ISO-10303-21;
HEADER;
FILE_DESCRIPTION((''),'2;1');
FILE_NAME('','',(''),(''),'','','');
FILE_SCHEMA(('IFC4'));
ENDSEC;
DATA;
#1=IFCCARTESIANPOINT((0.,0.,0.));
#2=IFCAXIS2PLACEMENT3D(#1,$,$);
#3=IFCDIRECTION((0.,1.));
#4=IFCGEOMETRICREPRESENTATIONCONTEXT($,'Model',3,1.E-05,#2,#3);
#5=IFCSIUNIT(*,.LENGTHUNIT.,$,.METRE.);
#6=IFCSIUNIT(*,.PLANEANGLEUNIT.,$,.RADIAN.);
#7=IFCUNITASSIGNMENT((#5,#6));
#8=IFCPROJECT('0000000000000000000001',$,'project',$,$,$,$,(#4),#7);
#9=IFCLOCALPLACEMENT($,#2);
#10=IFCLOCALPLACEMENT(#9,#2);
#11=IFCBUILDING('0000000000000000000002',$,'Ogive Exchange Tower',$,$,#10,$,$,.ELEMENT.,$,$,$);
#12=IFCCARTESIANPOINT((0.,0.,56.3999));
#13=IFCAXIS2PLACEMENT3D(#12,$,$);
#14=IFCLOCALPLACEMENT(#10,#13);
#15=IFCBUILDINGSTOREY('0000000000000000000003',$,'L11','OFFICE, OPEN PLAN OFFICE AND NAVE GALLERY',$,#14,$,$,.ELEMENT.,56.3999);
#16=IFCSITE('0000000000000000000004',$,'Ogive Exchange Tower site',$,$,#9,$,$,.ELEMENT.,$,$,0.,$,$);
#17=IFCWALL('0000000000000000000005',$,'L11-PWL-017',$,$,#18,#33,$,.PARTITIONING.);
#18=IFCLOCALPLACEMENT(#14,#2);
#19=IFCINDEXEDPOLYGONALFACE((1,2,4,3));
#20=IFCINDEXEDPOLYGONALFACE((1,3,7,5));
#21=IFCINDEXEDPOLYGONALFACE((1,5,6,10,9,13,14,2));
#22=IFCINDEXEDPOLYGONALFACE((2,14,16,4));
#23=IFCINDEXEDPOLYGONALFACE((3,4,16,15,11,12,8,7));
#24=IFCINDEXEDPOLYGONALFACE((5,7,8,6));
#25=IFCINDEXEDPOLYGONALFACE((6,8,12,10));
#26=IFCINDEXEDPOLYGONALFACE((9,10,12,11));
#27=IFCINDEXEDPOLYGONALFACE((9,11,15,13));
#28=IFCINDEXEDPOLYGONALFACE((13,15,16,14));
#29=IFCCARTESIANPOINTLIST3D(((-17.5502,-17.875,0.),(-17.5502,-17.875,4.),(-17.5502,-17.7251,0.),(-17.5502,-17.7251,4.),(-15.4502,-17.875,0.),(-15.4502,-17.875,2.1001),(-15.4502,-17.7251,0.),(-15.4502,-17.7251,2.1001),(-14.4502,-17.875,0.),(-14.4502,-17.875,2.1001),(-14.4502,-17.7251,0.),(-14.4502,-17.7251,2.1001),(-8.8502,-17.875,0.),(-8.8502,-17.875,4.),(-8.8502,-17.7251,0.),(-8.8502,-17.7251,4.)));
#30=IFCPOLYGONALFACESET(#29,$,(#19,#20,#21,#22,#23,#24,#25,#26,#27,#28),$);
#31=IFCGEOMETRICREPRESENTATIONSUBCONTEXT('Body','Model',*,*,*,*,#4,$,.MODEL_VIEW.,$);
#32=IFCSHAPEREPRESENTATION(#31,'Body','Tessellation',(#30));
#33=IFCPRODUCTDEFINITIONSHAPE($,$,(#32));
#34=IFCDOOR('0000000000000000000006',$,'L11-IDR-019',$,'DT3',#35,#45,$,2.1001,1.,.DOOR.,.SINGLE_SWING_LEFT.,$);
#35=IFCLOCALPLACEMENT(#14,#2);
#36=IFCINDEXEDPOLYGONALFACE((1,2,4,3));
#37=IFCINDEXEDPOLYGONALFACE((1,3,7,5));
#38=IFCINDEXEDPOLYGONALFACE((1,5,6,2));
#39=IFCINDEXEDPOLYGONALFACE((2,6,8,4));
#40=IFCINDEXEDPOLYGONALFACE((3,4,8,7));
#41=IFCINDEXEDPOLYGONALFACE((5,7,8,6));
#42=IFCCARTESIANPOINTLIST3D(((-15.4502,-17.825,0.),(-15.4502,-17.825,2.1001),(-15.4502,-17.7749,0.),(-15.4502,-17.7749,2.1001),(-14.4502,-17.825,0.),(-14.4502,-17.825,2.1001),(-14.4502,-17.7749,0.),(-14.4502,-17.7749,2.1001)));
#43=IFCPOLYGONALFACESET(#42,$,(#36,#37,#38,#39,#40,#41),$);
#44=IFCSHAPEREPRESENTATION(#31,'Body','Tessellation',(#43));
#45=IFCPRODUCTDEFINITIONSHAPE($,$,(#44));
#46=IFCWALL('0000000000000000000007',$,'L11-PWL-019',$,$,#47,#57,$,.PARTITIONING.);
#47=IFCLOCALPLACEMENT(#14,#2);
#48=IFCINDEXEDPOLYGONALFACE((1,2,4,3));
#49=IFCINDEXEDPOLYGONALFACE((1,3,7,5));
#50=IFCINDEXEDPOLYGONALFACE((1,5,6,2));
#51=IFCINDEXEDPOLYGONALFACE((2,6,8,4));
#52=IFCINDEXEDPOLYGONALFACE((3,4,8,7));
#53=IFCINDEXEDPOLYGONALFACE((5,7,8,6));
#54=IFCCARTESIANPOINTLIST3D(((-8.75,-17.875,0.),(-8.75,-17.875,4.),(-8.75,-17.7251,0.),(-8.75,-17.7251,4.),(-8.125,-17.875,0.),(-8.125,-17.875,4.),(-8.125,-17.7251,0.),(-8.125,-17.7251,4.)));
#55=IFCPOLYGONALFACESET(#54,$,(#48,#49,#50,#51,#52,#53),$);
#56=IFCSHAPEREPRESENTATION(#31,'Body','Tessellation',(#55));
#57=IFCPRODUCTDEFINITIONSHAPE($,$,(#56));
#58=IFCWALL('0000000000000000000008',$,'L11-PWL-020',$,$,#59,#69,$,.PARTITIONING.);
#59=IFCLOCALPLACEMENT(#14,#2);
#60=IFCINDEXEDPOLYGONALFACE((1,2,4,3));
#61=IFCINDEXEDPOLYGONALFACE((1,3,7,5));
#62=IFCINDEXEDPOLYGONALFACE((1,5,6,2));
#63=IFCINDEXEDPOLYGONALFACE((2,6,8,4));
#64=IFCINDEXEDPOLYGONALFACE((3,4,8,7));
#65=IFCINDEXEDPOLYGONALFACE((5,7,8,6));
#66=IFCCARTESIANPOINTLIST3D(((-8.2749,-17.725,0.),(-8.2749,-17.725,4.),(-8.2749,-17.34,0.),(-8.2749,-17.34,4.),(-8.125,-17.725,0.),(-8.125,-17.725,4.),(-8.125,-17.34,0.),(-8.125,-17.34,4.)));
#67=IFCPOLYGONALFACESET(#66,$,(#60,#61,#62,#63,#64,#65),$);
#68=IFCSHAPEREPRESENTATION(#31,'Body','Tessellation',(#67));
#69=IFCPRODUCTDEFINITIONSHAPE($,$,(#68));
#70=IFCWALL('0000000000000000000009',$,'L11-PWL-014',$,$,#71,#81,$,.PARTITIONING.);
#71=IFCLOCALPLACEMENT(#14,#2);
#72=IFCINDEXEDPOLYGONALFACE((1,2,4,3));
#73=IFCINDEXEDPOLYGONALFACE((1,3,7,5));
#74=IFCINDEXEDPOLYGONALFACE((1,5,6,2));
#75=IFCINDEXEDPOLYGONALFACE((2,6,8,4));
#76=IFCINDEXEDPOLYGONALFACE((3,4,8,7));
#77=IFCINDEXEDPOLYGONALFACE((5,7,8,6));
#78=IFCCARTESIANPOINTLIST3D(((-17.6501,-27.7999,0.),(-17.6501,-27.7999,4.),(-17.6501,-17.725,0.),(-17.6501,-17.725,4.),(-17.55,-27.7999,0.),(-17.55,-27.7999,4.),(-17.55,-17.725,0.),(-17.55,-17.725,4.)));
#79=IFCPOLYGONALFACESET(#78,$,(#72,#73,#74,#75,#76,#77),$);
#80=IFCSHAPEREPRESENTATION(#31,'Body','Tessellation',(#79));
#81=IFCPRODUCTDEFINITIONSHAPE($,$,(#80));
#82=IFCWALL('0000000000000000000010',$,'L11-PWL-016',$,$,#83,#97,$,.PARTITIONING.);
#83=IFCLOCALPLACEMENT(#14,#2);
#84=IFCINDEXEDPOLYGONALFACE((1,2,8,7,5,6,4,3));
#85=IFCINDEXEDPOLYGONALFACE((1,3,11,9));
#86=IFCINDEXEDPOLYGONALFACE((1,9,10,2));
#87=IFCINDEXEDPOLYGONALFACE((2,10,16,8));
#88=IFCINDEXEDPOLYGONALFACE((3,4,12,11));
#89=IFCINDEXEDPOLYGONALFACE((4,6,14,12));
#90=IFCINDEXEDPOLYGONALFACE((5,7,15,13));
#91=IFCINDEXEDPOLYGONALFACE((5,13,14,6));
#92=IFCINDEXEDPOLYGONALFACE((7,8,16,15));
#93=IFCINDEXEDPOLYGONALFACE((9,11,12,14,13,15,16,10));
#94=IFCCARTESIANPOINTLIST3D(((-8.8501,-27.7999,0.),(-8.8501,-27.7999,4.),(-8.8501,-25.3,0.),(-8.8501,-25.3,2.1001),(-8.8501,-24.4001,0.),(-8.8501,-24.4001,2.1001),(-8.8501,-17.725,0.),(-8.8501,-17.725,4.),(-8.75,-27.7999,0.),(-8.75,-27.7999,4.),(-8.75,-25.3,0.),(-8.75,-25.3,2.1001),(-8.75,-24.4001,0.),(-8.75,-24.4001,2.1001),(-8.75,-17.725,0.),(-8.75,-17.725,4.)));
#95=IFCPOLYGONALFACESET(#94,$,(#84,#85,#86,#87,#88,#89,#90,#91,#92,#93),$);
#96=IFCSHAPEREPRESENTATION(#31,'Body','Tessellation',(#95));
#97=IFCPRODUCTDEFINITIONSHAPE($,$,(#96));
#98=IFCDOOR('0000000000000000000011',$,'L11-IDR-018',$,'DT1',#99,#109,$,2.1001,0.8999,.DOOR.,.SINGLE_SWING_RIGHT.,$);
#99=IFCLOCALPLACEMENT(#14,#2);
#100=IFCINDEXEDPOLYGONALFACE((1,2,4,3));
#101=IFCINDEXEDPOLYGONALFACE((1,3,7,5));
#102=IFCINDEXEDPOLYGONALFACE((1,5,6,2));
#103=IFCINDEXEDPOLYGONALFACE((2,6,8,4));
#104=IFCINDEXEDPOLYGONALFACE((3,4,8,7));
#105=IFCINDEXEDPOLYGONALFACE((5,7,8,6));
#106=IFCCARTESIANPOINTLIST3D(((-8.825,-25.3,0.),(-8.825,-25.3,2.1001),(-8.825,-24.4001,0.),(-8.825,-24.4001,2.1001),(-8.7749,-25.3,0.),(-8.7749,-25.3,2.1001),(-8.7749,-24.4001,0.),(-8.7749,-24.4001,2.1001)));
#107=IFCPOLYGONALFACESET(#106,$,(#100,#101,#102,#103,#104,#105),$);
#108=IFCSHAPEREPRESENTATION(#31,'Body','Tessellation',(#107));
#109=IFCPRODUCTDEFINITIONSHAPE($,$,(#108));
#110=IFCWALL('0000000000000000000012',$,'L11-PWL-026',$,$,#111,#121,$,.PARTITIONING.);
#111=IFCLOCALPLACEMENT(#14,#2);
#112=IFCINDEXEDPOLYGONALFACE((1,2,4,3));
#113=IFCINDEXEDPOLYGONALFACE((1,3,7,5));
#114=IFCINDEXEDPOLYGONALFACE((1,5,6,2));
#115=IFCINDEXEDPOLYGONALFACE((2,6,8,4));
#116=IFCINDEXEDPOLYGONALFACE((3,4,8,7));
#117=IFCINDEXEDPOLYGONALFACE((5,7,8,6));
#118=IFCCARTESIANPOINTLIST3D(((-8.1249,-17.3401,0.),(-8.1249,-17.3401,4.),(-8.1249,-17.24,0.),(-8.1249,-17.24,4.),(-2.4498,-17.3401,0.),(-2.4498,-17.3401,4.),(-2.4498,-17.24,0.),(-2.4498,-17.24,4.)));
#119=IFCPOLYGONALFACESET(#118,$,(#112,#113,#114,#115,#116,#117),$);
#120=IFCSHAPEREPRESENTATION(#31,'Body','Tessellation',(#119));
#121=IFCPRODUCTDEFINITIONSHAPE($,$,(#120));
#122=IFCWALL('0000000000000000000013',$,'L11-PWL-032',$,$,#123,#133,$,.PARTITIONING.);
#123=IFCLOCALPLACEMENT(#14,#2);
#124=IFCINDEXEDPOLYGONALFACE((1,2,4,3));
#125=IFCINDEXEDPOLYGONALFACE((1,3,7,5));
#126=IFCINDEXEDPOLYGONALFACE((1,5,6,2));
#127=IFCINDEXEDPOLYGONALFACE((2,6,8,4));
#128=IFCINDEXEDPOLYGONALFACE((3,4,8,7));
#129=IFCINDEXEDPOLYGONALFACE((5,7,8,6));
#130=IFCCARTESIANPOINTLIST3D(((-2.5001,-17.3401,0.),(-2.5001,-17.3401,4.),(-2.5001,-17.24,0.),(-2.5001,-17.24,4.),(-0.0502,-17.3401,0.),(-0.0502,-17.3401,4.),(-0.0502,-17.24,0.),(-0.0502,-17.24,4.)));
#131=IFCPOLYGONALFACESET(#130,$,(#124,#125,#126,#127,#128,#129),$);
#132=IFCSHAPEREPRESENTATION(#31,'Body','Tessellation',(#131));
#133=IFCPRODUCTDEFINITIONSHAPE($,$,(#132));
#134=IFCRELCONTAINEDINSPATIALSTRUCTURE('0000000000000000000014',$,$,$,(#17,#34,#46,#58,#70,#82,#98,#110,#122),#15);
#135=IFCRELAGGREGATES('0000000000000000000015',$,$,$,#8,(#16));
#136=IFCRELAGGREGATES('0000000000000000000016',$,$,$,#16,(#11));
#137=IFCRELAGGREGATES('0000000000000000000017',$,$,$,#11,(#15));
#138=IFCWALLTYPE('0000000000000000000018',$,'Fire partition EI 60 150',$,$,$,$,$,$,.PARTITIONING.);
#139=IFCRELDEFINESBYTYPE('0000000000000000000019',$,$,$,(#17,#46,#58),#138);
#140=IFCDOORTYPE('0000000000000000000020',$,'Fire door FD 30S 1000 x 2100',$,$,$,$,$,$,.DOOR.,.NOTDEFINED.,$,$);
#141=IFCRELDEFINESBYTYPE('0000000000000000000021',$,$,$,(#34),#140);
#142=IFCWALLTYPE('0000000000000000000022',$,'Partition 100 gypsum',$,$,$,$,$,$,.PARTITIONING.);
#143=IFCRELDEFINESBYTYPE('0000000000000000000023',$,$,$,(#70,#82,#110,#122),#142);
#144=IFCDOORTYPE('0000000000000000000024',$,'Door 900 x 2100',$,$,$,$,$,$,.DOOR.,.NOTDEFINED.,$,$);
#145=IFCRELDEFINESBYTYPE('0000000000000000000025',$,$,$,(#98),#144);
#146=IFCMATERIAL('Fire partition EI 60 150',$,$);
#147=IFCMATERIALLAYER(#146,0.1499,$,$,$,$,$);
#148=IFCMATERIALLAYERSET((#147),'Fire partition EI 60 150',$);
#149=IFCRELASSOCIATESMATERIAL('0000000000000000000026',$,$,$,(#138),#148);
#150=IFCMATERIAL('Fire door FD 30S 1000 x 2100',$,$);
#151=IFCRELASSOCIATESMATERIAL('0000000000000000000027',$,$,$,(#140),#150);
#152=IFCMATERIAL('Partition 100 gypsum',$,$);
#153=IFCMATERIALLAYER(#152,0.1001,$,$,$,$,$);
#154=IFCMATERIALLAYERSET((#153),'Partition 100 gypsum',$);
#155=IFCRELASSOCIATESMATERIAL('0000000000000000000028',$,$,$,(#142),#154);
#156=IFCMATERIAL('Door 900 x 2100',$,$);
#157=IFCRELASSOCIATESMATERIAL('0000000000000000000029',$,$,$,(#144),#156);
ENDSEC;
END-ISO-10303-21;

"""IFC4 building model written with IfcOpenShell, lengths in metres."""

from ifc_helpers import new_model, si_unit, direction, frame, frame_2d, origin, place, context, subcontext, project, spatial, rectangle, extrude, material, layer, layer_set, type_object, element, fill, save


model = new_model("IFC4")

# Units and contexts
model_context = context("Model", 3, precision=1e-05, world=origin(), true_north=direction((0.0, 1.0)))
body_context = subcontext(model_context, "Body", "Model", "MODEL_VIEW")
ifc_project = project(units=[si_unit("LENGTHUNIT", "METRE"), si_unit("PLANEANGLEUNIT", "RADIAN")], contexts=[model_context])

# Site, building, storey
site_placement = place(None, origin())
site = spatial("IfcSite", under=ifc_project, at=site_placement, Name="Ogive Exchange Tower site", CompositionType="ELEMENT", RefElevation=0.0)
building_placement = place(site_placement, origin())
building = spatial("IfcBuilding", under=site, at=building_placement, Name="Ogive Exchange Tower", CompositionType="ELEMENT")
storey_placement = place(building_placement, frame((0.0, 0.0, 56.3999)))
storey = spatial("IfcBuildingStorey", under=building, at=storey_placement, Name="L11", Description="OFFICE, OPEN PLAN OFFICE AND NAVE GALLERY", CompositionType="ELEMENT", Elevation=56.3999)

# Wall, opening, door
ifc_material_1 = material(Name="Fire partition EI 60 150")
ifc_layer_1 = layer(ifc_material_1, 0.1499)
ifc_layer_set_1 = layer_set([ifc_layer_1], Name="Fire partition EI 60 150")
wall_type_1 = type_object("IfcWallType", Name="Fire partition EI 60 150", PredefinedType="PARTITIONING", material=ifc_layer_set_1)
ifc_material_2 = material(Name="Fire door FD 30S 1000 x 2100")
door_type_1 = type_object("IfcDoorType", Name="Fire door FD 30S 1000 x 2100", OperationType="NOTDEFINED", PredefinedType="DOOR", material=ifc_material_2)
wall_1_placement = place(storey_placement, frame((-8.8501, -17.8, 0.0), z_axis=(0.0, 0.0, 1.0), x_axis=(-1.0, 0.0, 0.0)))
wall_1 = element("IfcWall", 1, at=wall_1_placement, inside=storey, type_object=wall_type_1, Name="L11-PWL-017", PredefinedType="PARTITIONING", context=body_context, shape_type="SweptSolid", body=[
    extrude(rectangle(XDim=8.7, YDim=0.1499, at=frame_2d((4.3501, 0.0))), origin(), (0.0, 0.0, 1.0), 4.0),
])
opening_1_placement = place(wall_1_placement, frame((5.6001, 0.0, 0.0)))
opening_1 = element("IfcOpeningElement", 2, at=opening_1_placement, cuts=wall_1, PredefinedType="OPENING", context=body_context, shape_type="SweptSolid", body=[
    extrude(rectangle(XDim=1.0, YDim=2.1001, at=frame_2d((0.5, 1.05))), frame((0.0, 0.085, 0.0), z_axis=(0.0, -1.0, 0.0), x_axis=(1.0, 0.0, 0.0)), (0.0, 0.0, 1.0), 0.1699),
])
door_1_placement = place(opening_1_placement, origin())
door_1 = element("IfcDoor", 3, at=door_1_placement, inside=storey, type_object=door_type_1, Name="L11-IDR-019", ObjectType="DT3", OperationType="SINGLE_SWING_LEFT", OverallHeight=2.1001, OverallWidth=1.0, PredefinedType="DOOR", context=body_context, shape_type="SweptSolid", body=[
    extrude(rectangle(XDim=1.0, YDim=2.1001, at=frame_2d((0.5, 1.05))), frame((0.0, 0.0249, 0.0), z_axis=(0.0, -1.0, 0.0), x_axis=(1.0, 0.0, 0.0)), (0.0, 0.0, 1.0), 0.05),
])
fill(opening_1, door_1)

# Walls
wall_2_placement = place(storey_placement, frame((-8.125, -17.8, 0.0), z_axis=(0.0, 0.0, 1.0), x_axis=(-1.0, 0.0, 0.0)))
element("IfcWall", 4, at=wall_2_placement, inside=storey, type_object=wall_type_1, Name="L11-PWL-019", PredefinedType="PARTITIONING", context=body_context, shape_type="SweptSolid", body=[
    extrude(rectangle(XDim=0.625, YDim=0.1499, at=frame_2d((0.3125, 0.0))), origin(), (0.0, 0.0, 1.0), 4.0),
])
wall_3_placement = place(storey_placement, frame((-8.2, -17.3401, 0.0), z_axis=(0.0, 0.0, 1.0), x_axis=(0.0, -1.0, 0.0)))
element("IfcWall", 5, at=wall_3_placement, inside=storey, type_object=wall_type_1, Name="L11-PWL-020", PredefinedType="PARTITIONING", context=body_context, shape_type="SweptSolid", body=[
    extrude(rectangle(XDim=0.385, YDim=0.1499, at=frame_2d((0.1924, 0.0))), origin(), (0.0, 0.0, 1.0), 4.0),
])
ifc_material_3 = material(Name="Partition 100 gypsum")
ifc_layer_2 = layer(ifc_material_3, 0.1001)
ifc_layer_set_2 = layer_set([ifc_layer_2], Name="Partition 100 gypsum")
wall_type_2 = type_object("IfcWallType", Name="Partition 100 gypsum", PredefinedType="PARTITIONING", material=ifc_layer_set_2)
wall_4_placement = place(storey_placement, frame((-17.6001, -27.8, 0.0), z_axis=(0.0, 0.0, 1.0), x_axis=(0.0, 1.0, 0.0)))
element("IfcWall", 6, at=wall_4_placement, inside=storey, type_object=wall_type_2, Name="L11-PWL-014", PredefinedType="PARTITIONING", context=body_context, shape_type="SweptSolid", body=[
    extrude(rectangle(XDim=10.075, YDim=0.1001, at=frame_2d((5.0376, 0.0))), origin(), (0.0, 0.0, 1.0), 4.0),
])

# Wall, opening, door
wall_5_placement = place(storey_placement, frame((-8.8, -27.8, 0.0), z_axis=(0.0, 0.0, 1.0), x_axis=(0.0, 1.0, 0.0)))
wall_5 = element("IfcWall", 7, at=wall_5_placement, inside=storey, type_object=wall_type_2, Name="L11-PWL-016", PredefinedType="PARTITIONING", context=body_context, shape_type="SweptSolid", body=[
    extrude(rectangle(XDim=10.075, YDim=0.1001, at=frame_2d((5.0376, 0.0))), origin(), (0.0, 0.0, 1.0), 4.0),
])
opening_2_placement = place(wall_5_placement, frame((2.5, 0.0, 0.0)))
opening_2 = element("IfcOpeningElement", 8, at=opening_2_placement, cuts=wall_5, PredefinedType="OPENING", context=body_context, shape_type="SweptSolid", body=[
    extrude(rectangle(XDim=0.8999, YDim=2.1001, at=frame_2d((0.45, 1.05))), frame((0.0, 0.0601, 0.0), z_axis=(0.0, -1.0, 0.0), x_axis=(1.0, 0.0, 0.0)), (0.0, 0.0, 1.0), 0.1201),
])
ifc_material_4 = material(Name="Door 900 x 2100")
door_type_2 = type_object("IfcDoorType", Name="Door 900 x 2100", OperationType="NOTDEFINED", PredefinedType="DOOR", material=ifc_material_4)
door_2_placement = place(opening_2_placement, origin())
door_2 = element("IfcDoor", 9, at=door_2_placement, inside=storey, type_object=door_type_2, Name="L11-IDR-018", ObjectType="DT1", OperationType="SINGLE_SWING_RIGHT", OverallHeight=2.1001, OverallWidth=0.8999, PredefinedType="DOOR", context=body_context, shape_type="SweptSolid", body=[
    extrude(rectangle(XDim=0.8999, YDim=2.1001, at=frame_2d((0.45, 1.05))), frame((0.0, 0.0249, 0.0), z_axis=(0.0, -1.0, 0.0), x_axis=(1.0, 0.0, 0.0)), (0.0, 0.0, 1.0), 0.05),
])
fill(opening_2, door_2)

# Walls
wall_6_placement = place(storey_placement, frame((-2.45, -17.29, 0.0), z_axis=(0.0, 0.0, 1.0), x_axis=(-1.0, 0.0, 0.0)))
element("IfcWall", 10, at=wall_6_placement, inside=storey, type_object=wall_type_2, Name="L11-PWL-026", PredefinedType="PARTITIONING", context=body_context, shape_type="SweptSolid", body=[
    extrude(rectangle(XDim=5.675, YDim=0.1001, at=frame_2d((2.8374, 0.0))), origin(), (0.0, 0.0, 1.0), 4.0),
])
wall_7_placement = place(storey_placement, frame((-0.05, -17.29, 0.0), z_axis=(0.0, 0.0, 1.0), x_axis=(-1.0, 0.0, 0.0)))
element("IfcWall", 11, at=wall_7_placement, inside=storey, type_object=wall_type_2, Name="L11-PWL-032", PredefinedType="PARTITIONING", context=body_context, shape_type="SweptSolid", body=[
    extrude(rectangle(XDim=2.45, YDim=0.1001, at=frame_2d((1.2251, 0.0))), origin(), (0.0, 0.0, 1.0), 4.0),
])

save(model, "model.ifc")
